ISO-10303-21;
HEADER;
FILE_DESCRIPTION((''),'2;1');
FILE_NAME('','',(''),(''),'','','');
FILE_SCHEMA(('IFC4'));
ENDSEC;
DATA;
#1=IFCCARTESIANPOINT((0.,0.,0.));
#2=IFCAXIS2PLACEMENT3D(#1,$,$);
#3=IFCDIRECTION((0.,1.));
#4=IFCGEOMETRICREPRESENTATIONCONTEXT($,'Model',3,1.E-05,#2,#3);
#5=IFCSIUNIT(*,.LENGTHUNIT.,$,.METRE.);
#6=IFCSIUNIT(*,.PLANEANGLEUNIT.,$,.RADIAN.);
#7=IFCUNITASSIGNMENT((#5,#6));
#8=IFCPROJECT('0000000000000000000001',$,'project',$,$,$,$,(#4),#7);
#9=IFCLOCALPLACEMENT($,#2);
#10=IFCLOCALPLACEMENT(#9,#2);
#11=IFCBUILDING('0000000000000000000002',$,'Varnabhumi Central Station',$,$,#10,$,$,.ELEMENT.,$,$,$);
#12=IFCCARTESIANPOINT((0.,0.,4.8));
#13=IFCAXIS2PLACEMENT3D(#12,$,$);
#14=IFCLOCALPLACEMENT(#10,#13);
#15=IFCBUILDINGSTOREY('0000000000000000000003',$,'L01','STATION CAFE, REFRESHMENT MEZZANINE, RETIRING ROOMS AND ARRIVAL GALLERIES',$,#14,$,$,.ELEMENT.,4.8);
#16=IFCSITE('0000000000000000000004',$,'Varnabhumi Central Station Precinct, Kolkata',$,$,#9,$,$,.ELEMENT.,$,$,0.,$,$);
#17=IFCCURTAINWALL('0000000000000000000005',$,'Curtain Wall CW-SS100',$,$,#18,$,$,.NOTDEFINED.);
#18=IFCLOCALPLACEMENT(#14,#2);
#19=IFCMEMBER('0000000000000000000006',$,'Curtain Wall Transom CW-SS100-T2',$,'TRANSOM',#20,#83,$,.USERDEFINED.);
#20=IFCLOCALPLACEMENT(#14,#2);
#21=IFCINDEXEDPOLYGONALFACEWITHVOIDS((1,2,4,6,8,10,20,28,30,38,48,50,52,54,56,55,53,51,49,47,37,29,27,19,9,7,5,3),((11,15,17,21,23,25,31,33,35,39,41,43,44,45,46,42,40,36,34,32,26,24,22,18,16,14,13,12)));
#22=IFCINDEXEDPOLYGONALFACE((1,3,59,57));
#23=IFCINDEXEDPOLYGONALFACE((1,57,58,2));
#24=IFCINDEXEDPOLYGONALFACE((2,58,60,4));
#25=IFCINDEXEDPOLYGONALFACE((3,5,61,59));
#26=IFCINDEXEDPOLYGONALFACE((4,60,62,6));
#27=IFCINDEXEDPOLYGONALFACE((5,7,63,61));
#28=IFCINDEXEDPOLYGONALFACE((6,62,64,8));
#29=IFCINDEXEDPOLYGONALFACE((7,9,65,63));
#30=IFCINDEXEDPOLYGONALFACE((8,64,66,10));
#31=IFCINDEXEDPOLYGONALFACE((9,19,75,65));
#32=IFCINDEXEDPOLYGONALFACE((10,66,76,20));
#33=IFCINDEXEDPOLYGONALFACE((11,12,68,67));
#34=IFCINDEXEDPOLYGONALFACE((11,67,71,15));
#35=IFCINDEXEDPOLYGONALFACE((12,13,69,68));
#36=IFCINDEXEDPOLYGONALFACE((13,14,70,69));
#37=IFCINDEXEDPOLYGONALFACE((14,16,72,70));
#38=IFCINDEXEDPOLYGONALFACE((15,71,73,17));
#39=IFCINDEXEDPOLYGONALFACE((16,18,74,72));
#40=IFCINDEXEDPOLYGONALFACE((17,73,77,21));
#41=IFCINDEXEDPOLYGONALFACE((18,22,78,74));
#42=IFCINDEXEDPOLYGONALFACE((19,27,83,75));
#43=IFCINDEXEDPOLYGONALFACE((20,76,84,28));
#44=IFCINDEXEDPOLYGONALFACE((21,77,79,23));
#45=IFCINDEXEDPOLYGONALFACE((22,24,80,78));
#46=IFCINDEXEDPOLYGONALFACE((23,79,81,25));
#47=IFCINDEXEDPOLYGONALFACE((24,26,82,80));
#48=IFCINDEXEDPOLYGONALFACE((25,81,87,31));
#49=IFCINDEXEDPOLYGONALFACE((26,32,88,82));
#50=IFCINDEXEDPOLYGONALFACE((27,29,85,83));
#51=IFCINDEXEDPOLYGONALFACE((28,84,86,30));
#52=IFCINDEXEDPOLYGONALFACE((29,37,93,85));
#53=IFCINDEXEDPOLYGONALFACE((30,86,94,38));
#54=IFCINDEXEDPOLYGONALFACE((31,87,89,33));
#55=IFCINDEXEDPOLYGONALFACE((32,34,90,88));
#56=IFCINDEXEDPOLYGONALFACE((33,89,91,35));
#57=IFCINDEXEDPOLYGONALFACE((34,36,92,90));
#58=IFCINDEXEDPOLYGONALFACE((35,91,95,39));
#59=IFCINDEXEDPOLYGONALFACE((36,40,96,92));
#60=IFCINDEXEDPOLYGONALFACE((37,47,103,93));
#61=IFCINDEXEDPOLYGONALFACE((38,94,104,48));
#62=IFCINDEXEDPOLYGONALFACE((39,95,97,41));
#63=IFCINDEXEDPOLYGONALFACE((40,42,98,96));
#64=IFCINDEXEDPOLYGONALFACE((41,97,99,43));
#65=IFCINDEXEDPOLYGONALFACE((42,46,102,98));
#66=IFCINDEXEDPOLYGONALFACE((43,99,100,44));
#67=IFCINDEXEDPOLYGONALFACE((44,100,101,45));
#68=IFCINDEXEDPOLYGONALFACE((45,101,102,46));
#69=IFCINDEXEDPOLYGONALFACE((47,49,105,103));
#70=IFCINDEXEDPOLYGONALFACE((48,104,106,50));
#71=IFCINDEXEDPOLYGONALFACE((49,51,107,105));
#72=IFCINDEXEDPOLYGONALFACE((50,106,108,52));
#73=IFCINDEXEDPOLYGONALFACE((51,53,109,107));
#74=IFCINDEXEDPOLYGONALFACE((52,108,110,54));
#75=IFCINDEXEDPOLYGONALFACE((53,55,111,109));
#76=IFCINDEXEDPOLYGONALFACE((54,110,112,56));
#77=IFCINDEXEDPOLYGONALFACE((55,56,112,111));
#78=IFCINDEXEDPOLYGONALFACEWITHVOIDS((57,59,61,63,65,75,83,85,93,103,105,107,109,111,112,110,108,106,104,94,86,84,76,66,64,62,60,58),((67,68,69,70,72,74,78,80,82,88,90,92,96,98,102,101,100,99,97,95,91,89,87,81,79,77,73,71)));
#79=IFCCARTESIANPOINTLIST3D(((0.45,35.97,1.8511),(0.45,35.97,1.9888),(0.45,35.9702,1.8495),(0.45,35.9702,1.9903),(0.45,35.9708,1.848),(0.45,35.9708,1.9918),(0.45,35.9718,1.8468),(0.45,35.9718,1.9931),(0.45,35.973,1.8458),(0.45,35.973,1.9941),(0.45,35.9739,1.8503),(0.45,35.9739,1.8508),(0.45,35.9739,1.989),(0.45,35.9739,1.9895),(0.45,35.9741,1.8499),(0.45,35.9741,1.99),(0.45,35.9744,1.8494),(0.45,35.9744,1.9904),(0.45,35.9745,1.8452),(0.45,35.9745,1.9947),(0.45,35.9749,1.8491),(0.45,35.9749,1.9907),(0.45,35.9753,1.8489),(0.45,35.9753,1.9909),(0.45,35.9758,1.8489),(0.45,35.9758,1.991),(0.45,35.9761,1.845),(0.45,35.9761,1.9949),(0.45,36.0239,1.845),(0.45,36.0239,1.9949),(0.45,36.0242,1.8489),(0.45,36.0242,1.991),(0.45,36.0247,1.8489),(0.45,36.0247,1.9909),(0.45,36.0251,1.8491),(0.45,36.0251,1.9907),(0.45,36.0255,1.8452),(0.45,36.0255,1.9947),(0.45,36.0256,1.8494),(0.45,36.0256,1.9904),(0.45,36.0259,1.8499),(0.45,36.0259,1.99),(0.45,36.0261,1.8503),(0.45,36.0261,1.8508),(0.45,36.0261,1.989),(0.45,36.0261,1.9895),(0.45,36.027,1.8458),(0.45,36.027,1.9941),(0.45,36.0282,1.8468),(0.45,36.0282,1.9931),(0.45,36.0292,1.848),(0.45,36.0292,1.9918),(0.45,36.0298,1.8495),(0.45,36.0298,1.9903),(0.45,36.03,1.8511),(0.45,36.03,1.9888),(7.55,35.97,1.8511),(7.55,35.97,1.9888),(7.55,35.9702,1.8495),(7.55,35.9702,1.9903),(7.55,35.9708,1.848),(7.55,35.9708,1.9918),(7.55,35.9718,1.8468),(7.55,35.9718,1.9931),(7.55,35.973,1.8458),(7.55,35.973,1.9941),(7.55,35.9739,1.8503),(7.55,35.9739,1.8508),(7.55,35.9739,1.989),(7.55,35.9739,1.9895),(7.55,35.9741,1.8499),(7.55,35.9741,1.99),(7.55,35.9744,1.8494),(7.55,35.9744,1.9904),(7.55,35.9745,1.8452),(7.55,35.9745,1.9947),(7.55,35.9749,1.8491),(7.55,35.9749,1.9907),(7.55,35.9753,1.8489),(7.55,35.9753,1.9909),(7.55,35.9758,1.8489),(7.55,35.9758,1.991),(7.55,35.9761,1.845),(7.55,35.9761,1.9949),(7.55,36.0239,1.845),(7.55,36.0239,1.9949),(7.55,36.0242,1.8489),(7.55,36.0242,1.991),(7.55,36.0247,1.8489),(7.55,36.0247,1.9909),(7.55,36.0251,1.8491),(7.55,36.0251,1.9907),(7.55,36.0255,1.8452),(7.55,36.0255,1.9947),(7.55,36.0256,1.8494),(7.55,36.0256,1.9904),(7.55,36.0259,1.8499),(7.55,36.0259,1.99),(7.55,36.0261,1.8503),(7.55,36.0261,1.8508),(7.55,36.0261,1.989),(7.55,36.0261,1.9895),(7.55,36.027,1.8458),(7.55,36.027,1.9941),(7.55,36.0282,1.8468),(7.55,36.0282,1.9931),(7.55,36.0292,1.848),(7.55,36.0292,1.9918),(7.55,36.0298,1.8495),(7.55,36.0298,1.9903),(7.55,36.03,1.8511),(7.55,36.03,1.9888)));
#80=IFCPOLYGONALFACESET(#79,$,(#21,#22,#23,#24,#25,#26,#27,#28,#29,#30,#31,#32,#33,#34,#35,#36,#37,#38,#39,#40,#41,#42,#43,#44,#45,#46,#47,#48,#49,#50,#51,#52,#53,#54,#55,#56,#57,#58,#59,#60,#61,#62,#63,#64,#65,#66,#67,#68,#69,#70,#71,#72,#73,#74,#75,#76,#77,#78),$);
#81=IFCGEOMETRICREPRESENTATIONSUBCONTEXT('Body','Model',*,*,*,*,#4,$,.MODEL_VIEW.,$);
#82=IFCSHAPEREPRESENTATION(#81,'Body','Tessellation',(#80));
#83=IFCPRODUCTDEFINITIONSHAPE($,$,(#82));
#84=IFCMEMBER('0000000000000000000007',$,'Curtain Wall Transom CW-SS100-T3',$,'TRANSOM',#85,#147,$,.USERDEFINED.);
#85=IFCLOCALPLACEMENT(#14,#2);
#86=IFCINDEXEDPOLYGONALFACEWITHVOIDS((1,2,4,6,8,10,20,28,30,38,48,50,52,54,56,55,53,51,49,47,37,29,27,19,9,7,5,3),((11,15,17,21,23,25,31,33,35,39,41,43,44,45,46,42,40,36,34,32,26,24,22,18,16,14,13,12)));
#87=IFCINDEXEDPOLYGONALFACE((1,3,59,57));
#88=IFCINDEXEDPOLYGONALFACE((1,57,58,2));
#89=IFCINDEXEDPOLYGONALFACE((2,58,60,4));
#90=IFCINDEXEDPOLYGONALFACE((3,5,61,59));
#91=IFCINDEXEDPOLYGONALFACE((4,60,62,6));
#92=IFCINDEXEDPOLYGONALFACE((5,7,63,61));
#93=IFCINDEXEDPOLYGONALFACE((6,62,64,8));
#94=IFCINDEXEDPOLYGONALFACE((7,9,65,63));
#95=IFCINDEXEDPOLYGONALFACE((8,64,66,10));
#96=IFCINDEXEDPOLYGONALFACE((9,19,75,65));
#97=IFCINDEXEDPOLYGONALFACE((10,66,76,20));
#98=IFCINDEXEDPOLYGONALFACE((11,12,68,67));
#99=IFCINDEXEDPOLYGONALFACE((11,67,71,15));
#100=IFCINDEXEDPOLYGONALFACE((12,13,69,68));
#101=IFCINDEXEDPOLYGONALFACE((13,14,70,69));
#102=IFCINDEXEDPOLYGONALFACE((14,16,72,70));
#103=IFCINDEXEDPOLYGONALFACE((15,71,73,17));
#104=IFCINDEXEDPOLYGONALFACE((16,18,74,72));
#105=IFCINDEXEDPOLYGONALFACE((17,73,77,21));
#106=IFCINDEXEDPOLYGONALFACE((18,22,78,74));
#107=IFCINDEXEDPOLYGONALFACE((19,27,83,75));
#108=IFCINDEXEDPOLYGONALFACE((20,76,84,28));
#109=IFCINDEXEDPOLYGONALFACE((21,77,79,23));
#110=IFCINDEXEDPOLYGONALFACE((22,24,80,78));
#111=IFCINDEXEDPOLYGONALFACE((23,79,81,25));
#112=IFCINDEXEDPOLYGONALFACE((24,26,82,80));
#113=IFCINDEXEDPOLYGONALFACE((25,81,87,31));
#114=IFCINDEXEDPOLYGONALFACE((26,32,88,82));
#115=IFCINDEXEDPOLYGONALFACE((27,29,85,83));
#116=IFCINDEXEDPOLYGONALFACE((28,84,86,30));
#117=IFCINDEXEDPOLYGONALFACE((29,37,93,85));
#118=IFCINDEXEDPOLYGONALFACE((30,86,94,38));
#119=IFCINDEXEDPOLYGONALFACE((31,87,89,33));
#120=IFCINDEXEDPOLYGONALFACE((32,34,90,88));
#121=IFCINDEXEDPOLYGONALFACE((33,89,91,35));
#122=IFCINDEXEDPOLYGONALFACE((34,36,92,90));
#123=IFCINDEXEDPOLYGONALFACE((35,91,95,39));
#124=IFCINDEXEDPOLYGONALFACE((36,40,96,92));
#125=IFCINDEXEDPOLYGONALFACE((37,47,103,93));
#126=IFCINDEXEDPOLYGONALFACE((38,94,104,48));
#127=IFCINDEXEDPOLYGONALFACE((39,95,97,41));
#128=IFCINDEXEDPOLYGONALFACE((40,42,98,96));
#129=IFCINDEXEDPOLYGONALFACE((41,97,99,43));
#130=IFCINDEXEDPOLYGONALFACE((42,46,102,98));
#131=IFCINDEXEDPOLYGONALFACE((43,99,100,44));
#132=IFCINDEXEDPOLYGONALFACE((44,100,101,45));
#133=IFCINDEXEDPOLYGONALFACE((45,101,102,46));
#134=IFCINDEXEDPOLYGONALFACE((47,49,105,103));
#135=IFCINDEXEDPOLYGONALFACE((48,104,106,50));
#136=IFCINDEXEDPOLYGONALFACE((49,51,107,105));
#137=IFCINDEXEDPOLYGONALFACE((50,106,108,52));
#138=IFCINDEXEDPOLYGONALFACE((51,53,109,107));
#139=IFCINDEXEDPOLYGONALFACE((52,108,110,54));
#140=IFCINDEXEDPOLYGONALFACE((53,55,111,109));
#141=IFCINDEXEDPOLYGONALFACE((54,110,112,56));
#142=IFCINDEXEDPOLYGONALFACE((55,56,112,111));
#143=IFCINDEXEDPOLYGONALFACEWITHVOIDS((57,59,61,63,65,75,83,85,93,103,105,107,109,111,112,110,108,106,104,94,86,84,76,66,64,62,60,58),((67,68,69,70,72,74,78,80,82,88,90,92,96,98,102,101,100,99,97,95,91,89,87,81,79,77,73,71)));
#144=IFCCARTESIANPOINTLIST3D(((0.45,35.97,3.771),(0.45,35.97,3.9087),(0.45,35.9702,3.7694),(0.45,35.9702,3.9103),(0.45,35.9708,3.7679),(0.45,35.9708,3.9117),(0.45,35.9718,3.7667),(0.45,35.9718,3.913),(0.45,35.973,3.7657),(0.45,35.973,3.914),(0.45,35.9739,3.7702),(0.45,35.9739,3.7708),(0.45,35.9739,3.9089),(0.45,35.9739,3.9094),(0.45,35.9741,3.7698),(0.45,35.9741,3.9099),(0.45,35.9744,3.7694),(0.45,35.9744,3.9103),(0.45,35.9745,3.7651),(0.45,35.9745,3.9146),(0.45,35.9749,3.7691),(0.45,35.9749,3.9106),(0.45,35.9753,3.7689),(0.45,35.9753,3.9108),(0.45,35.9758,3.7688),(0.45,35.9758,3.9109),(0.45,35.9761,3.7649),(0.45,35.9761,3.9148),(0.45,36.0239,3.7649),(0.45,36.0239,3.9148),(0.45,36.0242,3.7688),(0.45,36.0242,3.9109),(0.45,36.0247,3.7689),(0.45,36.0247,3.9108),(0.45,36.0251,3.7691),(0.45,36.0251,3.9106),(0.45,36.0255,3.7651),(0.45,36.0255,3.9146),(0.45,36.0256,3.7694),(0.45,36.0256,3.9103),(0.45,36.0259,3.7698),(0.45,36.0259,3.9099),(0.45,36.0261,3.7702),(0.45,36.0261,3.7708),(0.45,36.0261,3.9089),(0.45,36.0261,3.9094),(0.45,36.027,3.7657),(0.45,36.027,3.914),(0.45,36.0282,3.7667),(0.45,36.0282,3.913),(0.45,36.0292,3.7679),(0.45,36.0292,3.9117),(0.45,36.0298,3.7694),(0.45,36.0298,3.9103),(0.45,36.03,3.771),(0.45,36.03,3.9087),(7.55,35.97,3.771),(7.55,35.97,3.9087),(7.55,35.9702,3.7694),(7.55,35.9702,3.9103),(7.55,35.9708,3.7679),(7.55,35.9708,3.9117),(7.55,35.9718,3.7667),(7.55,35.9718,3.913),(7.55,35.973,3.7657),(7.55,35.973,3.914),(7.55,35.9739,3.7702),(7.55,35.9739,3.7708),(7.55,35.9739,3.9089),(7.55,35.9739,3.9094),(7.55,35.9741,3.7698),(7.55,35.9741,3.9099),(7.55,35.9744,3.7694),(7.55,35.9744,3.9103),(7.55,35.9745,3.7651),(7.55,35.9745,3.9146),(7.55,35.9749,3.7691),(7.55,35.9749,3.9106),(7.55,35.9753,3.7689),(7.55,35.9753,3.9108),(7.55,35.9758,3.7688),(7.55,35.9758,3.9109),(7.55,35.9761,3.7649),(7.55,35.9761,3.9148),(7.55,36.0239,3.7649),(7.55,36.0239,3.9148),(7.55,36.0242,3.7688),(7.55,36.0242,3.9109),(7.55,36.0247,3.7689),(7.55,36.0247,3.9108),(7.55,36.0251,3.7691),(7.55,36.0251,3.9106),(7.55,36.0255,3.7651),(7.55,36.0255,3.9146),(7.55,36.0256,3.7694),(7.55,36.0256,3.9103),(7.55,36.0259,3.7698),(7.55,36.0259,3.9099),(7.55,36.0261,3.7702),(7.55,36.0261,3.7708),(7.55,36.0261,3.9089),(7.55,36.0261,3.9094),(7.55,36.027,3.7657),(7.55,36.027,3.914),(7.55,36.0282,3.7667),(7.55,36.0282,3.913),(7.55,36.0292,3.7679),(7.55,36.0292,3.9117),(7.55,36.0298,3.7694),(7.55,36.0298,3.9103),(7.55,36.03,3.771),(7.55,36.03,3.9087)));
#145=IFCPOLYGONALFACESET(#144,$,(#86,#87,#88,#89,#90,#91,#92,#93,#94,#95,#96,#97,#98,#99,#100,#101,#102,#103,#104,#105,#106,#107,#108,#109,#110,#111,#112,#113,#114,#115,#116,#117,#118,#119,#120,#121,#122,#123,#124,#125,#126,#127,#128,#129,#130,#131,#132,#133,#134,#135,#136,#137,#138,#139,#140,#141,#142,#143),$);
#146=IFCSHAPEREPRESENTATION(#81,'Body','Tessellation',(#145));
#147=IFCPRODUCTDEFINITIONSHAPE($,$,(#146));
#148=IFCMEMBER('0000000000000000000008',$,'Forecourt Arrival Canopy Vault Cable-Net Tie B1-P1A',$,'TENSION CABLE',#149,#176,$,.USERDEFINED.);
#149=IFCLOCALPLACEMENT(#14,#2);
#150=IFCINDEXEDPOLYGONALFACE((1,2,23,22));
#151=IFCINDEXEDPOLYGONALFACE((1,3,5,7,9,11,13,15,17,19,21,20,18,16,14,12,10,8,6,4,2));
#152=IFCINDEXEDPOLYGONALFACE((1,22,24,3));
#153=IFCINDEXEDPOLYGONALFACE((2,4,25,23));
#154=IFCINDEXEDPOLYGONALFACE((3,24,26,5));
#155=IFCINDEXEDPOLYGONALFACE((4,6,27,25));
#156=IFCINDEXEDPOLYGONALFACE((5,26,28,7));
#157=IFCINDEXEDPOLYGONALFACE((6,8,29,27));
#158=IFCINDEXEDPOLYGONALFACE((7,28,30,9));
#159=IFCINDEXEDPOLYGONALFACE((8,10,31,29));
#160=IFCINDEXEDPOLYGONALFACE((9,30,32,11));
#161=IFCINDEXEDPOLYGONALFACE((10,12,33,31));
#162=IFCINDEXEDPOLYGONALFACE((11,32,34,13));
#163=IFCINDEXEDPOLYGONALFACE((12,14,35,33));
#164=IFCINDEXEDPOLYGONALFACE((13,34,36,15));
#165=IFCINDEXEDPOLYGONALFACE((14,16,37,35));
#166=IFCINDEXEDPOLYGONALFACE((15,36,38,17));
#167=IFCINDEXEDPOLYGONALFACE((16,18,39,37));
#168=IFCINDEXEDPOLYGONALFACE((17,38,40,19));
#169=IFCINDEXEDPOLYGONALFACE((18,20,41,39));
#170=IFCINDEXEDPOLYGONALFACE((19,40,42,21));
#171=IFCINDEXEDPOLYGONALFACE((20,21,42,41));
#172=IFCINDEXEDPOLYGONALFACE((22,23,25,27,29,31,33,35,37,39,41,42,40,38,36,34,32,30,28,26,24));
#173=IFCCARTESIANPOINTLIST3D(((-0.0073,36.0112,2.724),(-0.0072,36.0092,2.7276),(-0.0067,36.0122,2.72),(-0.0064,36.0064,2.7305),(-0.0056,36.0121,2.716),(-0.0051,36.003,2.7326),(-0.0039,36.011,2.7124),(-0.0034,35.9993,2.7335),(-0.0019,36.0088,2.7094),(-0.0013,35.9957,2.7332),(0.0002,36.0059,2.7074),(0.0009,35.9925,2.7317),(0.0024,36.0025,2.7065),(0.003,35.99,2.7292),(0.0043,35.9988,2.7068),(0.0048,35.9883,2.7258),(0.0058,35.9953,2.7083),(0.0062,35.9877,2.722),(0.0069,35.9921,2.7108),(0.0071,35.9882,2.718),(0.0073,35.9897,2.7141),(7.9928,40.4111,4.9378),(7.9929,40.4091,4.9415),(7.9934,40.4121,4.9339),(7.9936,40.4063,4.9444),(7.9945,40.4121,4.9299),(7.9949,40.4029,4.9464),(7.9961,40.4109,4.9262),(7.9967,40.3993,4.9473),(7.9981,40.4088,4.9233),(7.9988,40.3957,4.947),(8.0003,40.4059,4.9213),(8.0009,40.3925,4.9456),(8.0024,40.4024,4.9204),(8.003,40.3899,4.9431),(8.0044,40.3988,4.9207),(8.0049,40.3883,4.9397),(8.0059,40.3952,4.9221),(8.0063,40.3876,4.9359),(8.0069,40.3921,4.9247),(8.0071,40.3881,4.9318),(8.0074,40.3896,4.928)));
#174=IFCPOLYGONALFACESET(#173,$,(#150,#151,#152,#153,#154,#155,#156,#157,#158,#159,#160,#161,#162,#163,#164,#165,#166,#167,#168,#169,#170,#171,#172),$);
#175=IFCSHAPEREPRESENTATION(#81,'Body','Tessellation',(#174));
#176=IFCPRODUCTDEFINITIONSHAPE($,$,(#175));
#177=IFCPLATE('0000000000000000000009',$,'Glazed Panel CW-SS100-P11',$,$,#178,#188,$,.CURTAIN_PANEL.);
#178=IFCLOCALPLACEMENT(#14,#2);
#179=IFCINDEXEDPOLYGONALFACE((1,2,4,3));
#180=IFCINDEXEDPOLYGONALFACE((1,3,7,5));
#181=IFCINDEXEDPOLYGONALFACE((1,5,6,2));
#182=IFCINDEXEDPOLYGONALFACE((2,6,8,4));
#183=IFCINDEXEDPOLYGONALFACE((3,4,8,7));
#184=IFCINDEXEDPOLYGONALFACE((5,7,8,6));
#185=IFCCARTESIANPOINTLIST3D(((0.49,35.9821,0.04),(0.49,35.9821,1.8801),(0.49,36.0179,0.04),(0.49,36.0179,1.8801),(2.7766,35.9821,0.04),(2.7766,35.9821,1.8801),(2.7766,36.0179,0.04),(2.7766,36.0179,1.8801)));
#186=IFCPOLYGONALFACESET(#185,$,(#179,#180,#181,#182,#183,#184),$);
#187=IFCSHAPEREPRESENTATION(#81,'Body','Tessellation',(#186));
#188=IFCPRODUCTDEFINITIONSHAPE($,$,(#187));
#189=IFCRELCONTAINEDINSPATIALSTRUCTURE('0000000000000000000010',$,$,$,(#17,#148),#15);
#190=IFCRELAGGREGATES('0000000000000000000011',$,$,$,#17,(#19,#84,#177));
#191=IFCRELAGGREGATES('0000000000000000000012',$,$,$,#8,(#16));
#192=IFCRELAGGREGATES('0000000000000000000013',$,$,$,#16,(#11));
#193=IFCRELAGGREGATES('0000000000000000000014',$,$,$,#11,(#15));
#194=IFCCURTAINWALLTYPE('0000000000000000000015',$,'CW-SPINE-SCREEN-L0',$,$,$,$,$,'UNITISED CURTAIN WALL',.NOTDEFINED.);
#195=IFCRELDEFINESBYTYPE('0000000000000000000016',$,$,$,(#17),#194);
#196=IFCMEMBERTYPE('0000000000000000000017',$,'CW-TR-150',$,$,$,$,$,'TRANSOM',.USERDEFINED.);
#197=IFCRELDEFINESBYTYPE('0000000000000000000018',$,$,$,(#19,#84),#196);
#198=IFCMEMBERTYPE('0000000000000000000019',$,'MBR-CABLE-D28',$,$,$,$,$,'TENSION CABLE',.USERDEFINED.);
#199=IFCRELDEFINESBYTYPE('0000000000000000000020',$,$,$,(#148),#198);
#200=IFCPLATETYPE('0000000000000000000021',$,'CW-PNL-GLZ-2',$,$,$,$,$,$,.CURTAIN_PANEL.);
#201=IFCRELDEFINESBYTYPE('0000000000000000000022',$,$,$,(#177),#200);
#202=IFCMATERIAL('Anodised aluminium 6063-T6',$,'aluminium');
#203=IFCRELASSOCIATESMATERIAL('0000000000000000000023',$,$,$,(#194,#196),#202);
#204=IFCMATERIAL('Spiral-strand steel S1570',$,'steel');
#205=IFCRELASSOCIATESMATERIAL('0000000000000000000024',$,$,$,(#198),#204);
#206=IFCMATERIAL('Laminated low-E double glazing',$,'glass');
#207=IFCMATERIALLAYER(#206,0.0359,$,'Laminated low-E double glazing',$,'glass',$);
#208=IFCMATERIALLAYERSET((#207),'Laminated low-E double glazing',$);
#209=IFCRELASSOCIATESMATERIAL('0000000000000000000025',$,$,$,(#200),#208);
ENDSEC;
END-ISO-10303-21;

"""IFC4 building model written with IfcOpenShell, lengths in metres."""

from ifc_helpers import new_model, si_unit, direction, frame, origin, origin_2d, place, context, subcontext, project, spatial, rectangle, hollow_rectangle, circle, extrude, material, layer, layer_set, material_profile, profile_set, type_object, element, aggregate, save


model = new_model("IFC4")

# Units and contexts
model_context = context("Model", 3, precision=1e-05, world=origin(), true_north=direction((0.0, 1.0)))
body_context = subcontext(model_context, "Body", "Model", "MODEL_VIEW")
ifc_project = project(units=[si_unit("LENGTHUNIT", "METRE"), si_unit("PLANEANGLEUNIT", "RADIAN")], contexts=[model_context])

# Site, building, storey
site_placement = place(None, origin())
site = spatial("IfcSite", under=ifc_project, at=site_placement, Name="Varnabhumi Central Station Precinct, Kolkata", CompositionType="ELEMENT", RefElevation=0.0)
building_placement = place(site_placement, origin())
building = spatial("IfcBuilding", under=site, at=building_placement, Name="Varnabhumi Central Station", CompositionType="ELEMENT")
storey_placement = place(building_placement, frame((0.0, 0.0, 4.8)))
storey = spatial("IfcBuildingStorey", under=building, at=storey_placement, Name="L01", Description="STATION CAFE, REFRESHMENT MEZZANINE, RETIRING ROOMS AND ARRIVAL GALLERIES", CompositionType="ELEMENT", Elevation=4.8)

# Curtain wall, members
ifc_material_1 = material(Name="Anodised aluminium 6063-T6", Category="aluminium")
curtain_wall_type = type_object("IfcCurtainWallType", Name="CW-SPINE-SCREEN-L0", ElementType="UNITISED CURTAIN WALL", PredefinedType="NOTDEFINED", material=ifc_material_1)
curtain_wall_placement = place(storey_placement, origin())
curtain_wall = element("IfcCurtainWall", 1, at=curtain_wall_placement, inside=storey, type_object=curtain_wall_type, Name="Curtain Wall CW-SS100", PredefinedType="NOTDEFINED")
ifc_material_profile_1 = material_profile(ifc_material_1, hollow_rectangle(XDim=0.0601, YDim=0.1499, WallThickness=0.0039, InnerFilletRadius=0.002, OuterFilletRadius=0.0061, at=origin_2d()), Name="Anodised aluminium 6063-T6", Category="aluminium")
ifc_profile_set_1 = profile_set([ifc_material_profile_1], Name="Anodised aluminium 6063-T6")
member_type_1 = type_object("IfcMemberType", Name="CW-TR-150", ElementType="TRANSOM", PredefinedType="USERDEFINED", material=ifc_profile_set_1)
member_1_placement = place(storey_placement, frame((0.45, 36.0, 1.9199), z_axis=(1.0, 0.0, 0.0), x_axis=(0.0, 1.0, 0.0)))
member_1 = element("IfcMember", 2, at=member_1_placement, type_object=member_type_1, Name="Curtain Wall Transom CW-SS100-T2", ObjectType="TRANSOM", PredefinedType="USERDEFINED", context=body_context, shape_type="SweptSolid", body=[
    extrude(hollow_rectangle(XDim=0.0601, YDim=0.1499, WallThickness=0.0039, InnerFilletRadius=0.002, OuterFilletRadius=0.0061, at=origin_2d()), origin(), (0.0, 0.0, 1.0), 7.1001),
])
member_2_placement = place(storey_placement, frame((0.45, 36.0, 3.8398), z_axis=(1.0, 0.0, 0.0), x_axis=(0.0, 1.0, 0.0)))
member_2 = element("IfcMember", 3, at=member_2_placement, type_object=member_type_1, Name="Curtain Wall Transom CW-SS100-T3", ObjectType="TRANSOM", PredefinedType="USERDEFINED", context=body_context, shape_type="SweptSolid", body=[
    extrude(hollow_rectangle(XDim=0.0601, YDim=0.1499, WallThickness=0.0039, InnerFilletRadius=0.002, OuterFilletRadius=0.0061, at=origin_2d()), origin(), (0.0, 0.0, 1.0), 7.1001),
])

# Member
ifc_material_2 = material(Name="Spiral-strand steel S1570", Category="steel")
ifc_material_profile_2 = material_profile(ifc_material_2, circle(Radius=0.0139, at=origin_2d()), Name="Spiral-strand steel S1570", Category="steel")
ifc_profile_set_2 = profile_set([ifc_material_profile_2], Name="Spiral-strand steel S1570")
member_type_2 = type_object("IfcMemberType", Name="MBR-CABLE-D28", ElementType="TENSION CABLE", PredefinedType="USERDEFINED", material=ifc_profile_set_2)
member_3_placement = place(storey_placement, frame((0.0, 36.0, 2.72), z_axis=(0.851544, 0.468339, 0.235651), x_axis=(-0.481911, 0.87622, 0.0)))
element("IfcMember", 4, at=member_3_placement, inside=storey, type_object=member_type_2, Name="Forecourt Arrival Canopy Vault Cable-Net Tie B1-P1A", ObjectType="TENSION CABLE", PredefinedType="USERDEFINED", context=body_context, shape_type="SweptSolid", body=[
    extrude(circle(Radius=0.0139, at=origin_2d()), origin(), (0.0, 0.0, 1.0), 9.3948),
])

# Plate
ifc_material_3 = material(Name="Laminated low-E double glazing", Category="glass")
ifc_layer_1 = layer(ifc_material_3, 0.0359, Name="Laminated low-E double glazing", Category="glass")
ifc_layer_set_1 = layer_set([ifc_layer_1], Name="Laminated low-E double glazing")
plate_type_1 = type_object("IfcPlateType", Name="CW-PNL-GLZ-2", PredefinedType="CURTAIN_PANEL", material=ifc_layer_set_1)
plate_1_placement = place(storey_placement, frame((1.6333, 36.0, 0.04), z_axis=(0.0, 0.0, 1.0), x_axis=(1.0, 0.0, 0.0)))
plate_1 = element("IfcPlate", 5, at=plate_1_placement, type_object=plate_type_1, Name="Glazed Panel CW-SS100-P11", PredefinedType="CURTAIN_PANEL", context=body_context, shape_type="SweptSolid", body=[
    extrude(rectangle(XDim=2.2866, YDim=0.0359, at=origin_2d()), origin(), (0.0, 0.0, 1.0), 1.8401),
])
aggregate(curtain_wall, [member_1, member_2, plate_1])

save(model, "model.ifc")
